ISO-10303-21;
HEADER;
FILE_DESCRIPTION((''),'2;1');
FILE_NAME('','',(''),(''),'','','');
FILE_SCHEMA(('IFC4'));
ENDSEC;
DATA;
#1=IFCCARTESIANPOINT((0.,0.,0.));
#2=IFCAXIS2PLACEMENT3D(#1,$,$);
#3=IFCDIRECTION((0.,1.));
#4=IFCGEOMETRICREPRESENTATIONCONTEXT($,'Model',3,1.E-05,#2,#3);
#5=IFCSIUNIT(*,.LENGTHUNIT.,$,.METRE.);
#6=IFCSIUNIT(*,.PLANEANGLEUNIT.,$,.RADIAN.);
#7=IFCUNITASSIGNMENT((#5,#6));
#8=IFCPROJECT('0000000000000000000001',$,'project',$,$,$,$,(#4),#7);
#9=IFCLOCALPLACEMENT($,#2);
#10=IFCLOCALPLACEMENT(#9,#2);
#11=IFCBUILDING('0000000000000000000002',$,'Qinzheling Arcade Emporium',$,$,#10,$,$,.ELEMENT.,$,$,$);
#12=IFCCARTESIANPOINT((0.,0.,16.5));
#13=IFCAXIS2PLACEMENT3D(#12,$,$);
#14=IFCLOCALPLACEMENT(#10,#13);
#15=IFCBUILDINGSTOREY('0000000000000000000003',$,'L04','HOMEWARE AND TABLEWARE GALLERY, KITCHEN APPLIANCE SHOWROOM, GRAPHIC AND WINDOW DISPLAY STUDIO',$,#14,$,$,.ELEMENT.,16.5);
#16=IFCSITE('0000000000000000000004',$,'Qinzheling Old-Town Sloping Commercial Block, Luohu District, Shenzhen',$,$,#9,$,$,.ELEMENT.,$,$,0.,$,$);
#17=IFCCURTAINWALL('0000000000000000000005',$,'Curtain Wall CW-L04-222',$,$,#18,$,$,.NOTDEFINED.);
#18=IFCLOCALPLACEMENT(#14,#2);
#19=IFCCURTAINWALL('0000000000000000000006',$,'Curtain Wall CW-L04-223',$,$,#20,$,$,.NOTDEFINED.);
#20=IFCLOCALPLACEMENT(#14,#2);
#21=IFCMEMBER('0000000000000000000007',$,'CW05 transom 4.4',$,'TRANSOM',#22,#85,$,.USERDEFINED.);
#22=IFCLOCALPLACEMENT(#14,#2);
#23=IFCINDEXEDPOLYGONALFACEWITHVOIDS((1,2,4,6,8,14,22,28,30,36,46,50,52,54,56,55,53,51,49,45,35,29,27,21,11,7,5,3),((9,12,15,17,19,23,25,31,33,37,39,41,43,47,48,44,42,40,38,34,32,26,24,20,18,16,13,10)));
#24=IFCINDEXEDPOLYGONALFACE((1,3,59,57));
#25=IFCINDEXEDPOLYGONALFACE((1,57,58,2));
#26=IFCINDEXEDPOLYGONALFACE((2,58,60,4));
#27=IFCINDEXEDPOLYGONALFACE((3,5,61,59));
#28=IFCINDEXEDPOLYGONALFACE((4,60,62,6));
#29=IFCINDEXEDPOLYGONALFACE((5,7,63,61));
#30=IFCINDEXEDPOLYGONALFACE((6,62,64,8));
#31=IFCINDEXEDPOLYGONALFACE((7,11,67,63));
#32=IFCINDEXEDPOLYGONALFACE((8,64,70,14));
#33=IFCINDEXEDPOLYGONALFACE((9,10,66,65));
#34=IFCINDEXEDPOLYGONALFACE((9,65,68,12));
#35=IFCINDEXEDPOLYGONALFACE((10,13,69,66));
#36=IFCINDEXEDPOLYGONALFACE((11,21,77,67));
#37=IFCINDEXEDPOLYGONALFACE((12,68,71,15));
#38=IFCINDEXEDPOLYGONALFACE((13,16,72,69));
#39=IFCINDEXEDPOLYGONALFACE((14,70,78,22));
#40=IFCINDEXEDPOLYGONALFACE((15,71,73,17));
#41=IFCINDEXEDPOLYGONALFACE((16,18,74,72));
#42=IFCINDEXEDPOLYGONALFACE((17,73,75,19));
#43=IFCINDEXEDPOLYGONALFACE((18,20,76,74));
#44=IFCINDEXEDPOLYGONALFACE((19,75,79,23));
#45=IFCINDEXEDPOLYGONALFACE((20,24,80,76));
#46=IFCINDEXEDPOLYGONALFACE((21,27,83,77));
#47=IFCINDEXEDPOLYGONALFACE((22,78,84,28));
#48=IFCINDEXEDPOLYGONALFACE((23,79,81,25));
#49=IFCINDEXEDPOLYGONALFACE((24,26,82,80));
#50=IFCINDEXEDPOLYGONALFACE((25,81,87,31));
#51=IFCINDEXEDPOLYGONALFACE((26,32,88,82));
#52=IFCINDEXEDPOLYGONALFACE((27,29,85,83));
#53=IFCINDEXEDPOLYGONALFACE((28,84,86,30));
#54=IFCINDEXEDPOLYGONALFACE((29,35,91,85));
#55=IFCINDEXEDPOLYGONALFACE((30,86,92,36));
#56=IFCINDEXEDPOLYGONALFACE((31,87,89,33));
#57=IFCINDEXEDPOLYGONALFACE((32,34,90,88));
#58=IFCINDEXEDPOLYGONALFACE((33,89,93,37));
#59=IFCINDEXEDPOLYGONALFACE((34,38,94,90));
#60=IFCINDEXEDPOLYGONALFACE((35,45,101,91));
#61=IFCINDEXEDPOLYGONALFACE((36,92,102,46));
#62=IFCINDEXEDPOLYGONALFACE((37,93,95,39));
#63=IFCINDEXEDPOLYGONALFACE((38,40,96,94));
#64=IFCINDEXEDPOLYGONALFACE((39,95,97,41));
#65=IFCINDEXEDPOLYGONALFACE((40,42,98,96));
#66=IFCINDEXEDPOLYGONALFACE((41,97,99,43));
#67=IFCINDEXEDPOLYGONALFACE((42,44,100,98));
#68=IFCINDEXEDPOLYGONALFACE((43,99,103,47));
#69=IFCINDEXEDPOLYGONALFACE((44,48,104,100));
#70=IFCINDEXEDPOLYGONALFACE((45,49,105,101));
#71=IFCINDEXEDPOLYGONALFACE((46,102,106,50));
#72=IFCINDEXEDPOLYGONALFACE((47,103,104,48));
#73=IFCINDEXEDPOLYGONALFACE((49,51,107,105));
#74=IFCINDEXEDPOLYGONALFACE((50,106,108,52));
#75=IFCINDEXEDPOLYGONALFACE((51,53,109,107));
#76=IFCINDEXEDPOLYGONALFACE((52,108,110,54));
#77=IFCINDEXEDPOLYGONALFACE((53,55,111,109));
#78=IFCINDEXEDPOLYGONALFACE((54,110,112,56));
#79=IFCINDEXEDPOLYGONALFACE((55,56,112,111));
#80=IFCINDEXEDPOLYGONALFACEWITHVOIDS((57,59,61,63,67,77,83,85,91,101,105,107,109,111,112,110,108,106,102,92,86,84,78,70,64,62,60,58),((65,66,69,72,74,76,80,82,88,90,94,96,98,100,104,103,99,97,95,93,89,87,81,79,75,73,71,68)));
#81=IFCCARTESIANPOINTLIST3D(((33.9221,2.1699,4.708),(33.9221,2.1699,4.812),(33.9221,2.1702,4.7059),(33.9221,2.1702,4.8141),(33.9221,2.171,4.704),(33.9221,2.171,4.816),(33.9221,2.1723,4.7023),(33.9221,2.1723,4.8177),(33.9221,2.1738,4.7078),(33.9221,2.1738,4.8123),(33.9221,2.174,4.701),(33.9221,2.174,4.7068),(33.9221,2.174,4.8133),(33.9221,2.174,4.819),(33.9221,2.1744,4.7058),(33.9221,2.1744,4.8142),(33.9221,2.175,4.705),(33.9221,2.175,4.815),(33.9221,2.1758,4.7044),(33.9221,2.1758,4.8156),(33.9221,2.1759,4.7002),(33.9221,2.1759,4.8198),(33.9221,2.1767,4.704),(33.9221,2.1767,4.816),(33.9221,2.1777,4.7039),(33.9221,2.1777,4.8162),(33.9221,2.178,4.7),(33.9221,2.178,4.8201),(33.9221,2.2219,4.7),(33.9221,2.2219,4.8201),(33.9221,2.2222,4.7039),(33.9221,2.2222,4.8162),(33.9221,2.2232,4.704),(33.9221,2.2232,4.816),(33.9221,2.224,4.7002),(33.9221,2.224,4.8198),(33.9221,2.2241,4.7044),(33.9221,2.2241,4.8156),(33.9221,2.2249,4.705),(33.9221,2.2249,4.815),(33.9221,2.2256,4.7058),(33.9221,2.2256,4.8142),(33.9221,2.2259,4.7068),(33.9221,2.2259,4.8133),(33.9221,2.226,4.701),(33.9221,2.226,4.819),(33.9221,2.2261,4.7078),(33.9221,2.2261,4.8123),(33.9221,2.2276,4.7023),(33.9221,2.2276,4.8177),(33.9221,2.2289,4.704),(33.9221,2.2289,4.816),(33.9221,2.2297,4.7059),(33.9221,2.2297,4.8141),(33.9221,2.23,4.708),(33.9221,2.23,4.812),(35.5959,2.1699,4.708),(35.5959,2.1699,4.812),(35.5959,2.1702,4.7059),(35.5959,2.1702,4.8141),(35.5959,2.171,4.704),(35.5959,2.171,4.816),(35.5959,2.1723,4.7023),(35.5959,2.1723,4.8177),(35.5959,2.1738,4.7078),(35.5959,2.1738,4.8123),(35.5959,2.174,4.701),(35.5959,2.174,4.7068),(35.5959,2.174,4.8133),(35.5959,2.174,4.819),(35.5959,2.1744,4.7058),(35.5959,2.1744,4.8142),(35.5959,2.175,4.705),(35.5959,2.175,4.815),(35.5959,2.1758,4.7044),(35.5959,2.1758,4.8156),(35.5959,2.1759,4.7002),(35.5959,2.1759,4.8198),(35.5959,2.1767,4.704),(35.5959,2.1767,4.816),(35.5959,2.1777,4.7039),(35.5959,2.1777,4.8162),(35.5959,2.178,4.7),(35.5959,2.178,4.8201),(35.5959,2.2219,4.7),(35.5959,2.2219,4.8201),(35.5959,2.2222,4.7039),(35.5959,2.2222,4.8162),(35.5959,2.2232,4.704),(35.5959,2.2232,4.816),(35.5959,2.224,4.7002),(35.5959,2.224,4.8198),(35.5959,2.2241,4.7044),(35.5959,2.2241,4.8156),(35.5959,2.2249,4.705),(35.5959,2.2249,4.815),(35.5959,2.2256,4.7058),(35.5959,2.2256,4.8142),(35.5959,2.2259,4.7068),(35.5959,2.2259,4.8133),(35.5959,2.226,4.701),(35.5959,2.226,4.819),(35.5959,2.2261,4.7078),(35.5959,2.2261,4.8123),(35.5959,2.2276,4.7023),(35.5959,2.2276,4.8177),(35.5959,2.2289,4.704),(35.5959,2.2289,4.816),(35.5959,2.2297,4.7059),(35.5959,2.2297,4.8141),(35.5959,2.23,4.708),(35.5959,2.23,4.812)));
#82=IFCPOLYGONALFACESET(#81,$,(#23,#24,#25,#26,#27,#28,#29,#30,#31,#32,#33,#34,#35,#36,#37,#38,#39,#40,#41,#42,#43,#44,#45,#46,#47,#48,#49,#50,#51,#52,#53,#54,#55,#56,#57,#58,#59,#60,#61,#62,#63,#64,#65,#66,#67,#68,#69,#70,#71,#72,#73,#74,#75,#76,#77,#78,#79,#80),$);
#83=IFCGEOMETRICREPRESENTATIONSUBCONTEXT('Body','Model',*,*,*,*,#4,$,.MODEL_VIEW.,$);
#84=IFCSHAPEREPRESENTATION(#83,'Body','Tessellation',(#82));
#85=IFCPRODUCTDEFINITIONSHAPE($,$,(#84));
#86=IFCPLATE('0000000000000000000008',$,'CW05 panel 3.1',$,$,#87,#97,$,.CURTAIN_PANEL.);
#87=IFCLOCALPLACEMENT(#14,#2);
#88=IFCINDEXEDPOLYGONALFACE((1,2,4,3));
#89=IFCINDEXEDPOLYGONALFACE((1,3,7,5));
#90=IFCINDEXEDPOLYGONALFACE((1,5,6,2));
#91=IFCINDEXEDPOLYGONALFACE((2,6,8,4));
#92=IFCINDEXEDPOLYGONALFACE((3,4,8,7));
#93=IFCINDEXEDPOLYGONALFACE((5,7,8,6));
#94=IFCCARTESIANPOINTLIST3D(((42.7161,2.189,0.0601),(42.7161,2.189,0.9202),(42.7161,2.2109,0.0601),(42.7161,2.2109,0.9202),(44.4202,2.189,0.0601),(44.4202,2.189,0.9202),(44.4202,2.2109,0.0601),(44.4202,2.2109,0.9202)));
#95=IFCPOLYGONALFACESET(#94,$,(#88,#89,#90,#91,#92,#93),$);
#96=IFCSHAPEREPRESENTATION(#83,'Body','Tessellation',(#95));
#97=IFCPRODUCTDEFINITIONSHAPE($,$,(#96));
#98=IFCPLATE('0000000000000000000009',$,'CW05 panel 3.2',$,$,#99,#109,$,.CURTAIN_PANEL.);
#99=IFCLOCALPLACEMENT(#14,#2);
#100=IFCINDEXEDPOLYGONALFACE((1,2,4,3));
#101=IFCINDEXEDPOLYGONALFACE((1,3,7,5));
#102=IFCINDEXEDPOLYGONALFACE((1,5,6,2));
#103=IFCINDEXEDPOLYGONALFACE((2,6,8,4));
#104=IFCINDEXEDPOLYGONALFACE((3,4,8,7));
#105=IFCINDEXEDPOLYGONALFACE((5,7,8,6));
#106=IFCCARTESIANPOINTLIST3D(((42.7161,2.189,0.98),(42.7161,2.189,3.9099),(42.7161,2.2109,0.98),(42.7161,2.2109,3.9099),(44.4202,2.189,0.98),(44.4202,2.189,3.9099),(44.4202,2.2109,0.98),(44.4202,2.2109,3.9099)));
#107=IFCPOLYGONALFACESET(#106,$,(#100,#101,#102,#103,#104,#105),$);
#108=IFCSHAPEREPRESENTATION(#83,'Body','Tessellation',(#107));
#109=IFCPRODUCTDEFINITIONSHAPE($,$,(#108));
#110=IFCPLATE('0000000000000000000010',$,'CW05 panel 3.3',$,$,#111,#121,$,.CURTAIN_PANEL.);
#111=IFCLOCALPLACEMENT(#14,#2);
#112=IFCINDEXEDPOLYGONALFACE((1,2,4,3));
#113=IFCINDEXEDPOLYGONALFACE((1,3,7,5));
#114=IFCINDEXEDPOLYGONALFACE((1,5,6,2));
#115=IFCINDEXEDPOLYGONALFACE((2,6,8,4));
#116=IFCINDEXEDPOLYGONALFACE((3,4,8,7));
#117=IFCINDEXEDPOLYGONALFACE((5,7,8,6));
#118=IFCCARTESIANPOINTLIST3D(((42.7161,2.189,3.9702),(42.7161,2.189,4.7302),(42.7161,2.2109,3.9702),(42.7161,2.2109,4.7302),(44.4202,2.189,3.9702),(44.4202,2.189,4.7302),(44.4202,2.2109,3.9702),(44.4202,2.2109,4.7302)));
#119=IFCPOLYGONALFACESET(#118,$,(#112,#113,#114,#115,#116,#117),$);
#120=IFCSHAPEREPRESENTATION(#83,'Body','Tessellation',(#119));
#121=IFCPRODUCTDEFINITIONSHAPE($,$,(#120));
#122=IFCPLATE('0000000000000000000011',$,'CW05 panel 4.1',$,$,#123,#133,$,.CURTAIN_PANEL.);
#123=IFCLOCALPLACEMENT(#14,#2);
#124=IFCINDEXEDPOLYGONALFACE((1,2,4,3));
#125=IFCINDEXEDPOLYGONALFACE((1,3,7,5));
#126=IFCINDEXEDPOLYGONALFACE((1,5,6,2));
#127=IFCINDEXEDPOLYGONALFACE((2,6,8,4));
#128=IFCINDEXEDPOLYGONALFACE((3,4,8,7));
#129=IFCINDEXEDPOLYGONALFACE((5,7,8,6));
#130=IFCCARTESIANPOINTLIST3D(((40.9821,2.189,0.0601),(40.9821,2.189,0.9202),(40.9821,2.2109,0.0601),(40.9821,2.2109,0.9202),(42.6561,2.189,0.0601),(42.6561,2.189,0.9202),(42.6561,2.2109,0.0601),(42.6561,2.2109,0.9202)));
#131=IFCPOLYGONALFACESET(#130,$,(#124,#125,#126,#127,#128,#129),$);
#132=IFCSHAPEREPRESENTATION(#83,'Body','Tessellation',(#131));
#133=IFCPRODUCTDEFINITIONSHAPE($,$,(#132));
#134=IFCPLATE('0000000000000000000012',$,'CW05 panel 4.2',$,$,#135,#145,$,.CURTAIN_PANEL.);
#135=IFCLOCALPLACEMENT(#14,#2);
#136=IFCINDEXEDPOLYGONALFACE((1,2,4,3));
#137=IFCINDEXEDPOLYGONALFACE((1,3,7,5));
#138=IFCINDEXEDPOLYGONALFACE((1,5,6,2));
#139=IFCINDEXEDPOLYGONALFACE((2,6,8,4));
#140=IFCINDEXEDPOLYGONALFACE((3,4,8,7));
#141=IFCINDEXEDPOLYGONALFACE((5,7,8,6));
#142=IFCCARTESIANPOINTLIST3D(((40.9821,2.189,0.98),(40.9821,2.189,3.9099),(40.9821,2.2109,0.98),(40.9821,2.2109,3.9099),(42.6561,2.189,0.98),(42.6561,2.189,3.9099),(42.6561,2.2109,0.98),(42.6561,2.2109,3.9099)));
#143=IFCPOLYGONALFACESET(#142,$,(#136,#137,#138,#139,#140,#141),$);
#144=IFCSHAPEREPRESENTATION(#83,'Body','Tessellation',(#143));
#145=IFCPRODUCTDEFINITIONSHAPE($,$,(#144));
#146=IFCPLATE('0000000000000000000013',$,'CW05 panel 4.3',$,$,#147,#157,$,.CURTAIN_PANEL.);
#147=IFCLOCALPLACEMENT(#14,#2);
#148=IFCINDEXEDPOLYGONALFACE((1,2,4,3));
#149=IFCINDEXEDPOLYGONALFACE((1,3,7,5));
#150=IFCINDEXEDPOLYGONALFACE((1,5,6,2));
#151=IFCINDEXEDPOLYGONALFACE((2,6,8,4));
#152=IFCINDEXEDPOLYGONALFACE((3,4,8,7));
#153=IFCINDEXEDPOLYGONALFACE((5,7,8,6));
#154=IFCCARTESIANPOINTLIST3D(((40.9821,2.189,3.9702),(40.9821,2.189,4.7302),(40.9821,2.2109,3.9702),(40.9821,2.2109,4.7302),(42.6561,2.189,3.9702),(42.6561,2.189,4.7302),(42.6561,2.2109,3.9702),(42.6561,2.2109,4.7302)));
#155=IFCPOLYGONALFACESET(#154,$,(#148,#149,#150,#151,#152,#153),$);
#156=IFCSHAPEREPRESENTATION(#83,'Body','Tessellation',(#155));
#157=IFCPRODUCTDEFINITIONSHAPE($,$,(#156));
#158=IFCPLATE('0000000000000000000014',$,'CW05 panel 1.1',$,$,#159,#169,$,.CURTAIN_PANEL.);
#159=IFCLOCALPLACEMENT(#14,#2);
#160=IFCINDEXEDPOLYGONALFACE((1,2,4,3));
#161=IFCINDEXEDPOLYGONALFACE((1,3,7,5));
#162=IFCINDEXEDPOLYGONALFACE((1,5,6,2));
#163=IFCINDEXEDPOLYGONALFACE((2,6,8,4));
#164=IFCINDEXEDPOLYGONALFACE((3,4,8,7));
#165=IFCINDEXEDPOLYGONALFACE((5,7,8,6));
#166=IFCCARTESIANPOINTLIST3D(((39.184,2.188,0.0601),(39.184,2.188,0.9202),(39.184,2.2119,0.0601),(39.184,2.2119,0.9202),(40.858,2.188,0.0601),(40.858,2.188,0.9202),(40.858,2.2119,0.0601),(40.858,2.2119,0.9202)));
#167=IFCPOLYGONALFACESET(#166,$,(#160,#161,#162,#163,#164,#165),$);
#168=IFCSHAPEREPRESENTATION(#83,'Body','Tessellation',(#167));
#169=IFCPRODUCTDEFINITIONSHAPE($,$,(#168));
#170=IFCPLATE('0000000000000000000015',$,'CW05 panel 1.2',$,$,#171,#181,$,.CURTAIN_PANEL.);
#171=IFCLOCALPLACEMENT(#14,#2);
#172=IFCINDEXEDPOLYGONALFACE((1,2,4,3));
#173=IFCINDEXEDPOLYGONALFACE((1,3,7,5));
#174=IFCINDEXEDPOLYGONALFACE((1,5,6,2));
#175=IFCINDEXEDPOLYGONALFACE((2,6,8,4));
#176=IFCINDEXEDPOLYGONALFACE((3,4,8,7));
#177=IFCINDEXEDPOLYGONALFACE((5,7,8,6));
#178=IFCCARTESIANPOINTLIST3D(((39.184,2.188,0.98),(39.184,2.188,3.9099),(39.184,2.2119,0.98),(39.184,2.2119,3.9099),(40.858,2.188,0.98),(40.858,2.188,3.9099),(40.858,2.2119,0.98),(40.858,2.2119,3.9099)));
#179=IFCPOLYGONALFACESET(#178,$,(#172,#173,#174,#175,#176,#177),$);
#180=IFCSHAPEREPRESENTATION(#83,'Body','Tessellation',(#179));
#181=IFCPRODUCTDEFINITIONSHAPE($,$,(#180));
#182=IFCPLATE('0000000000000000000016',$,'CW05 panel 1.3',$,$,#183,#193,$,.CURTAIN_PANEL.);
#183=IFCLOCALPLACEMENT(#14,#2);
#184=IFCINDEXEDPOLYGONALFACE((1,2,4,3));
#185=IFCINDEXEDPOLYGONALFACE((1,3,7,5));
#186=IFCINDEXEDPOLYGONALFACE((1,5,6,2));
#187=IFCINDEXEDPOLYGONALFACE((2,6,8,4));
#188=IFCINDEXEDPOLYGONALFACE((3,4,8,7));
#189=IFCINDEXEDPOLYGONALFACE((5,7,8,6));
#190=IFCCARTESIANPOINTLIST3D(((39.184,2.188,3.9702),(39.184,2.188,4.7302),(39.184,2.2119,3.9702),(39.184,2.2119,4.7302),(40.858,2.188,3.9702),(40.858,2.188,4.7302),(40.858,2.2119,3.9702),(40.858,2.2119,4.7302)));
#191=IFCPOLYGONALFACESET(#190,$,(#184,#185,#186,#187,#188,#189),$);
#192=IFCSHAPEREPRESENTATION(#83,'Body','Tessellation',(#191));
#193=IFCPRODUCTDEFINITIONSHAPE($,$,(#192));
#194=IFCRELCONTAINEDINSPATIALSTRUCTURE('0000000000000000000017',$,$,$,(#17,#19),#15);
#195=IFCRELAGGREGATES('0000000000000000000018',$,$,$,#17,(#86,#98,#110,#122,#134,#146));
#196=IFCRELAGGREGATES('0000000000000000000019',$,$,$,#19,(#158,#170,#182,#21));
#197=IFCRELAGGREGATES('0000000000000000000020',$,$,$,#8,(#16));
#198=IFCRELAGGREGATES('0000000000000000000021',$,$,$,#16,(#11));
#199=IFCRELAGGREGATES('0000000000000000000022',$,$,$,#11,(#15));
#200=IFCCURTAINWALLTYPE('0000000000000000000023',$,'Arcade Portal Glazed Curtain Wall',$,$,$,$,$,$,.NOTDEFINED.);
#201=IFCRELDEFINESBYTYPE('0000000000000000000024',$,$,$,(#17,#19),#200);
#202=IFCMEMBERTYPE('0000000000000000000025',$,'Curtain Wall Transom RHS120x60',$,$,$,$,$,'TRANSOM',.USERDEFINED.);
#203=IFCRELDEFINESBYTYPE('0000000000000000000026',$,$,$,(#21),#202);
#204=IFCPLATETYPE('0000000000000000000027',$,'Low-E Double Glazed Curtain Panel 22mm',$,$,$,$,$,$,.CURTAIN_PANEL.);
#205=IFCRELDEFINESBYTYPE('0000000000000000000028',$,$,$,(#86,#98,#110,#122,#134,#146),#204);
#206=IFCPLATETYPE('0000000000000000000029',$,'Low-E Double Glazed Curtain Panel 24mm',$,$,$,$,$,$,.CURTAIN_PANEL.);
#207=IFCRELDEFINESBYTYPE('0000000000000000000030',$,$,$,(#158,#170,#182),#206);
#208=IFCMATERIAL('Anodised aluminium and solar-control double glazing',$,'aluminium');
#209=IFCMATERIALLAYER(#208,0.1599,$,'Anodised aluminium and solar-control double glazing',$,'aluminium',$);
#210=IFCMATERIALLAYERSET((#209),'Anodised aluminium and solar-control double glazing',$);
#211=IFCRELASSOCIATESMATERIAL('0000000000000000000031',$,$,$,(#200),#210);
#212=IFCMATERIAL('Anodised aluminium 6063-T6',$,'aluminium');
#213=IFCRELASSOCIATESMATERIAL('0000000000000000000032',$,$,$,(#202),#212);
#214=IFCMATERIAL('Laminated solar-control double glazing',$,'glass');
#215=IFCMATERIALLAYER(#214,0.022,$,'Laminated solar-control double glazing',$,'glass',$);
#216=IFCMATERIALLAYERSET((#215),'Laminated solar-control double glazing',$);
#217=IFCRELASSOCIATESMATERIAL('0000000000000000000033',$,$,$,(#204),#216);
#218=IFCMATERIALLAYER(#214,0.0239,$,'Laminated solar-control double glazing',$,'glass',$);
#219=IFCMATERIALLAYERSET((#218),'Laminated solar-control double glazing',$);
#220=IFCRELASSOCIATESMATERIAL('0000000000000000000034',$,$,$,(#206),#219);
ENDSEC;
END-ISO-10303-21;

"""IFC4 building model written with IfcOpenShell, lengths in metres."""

from ifc_helpers import new_model, si_unit, direction, frame, origin, origin_2d, place, context, subcontext, project, spatial, rectangle, hollow_rectangle, extrude, material, layer, layer_set, material_profile, profile_set, type_object, element, aggregate, save


model = new_model("IFC4")

# Units and contexts
model_context = context("Model", 3, precision=1e-05, world=origin(), true_north=direction((0.0, 1.0)))
body_context = subcontext(model_context, "Body", "Model", "MODEL_VIEW")
ifc_project = project(units=[si_unit("LENGTHUNIT", "METRE"), si_unit("PLANEANGLEUNIT", "RADIAN")], contexts=[model_context])

# Site, building, storey
site_placement = place(None, origin())
site = spatial("IfcSite", under=ifc_project, at=site_placement, Name="Qinzheling Old-Town Sloping Commercial Block, Luohu District, Shenzhen", CompositionType="ELEMENT", RefElevation=0.0)
building_placement = place(site_placement, origin())
building = spatial("IfcBuilding", under=site, at=building_placement, Name="Qinzheling Arcade Emporium", CompositionType="ELEMENT")
storey_placement = place(building_placement, frame((0.0, 0.0, 16.5)))
storey = spatial("IfcBuildingStorey", under=building, at=storey_placement, Name="L04", Description="HOMEWARE AND TABLEWARE GALLERY, KITCHEN APPLIANCE SHOWROOM, GRAPHIC AND WINDOW DISPLAY STUDIO", CompositionType="ELEMENT", Elevation=16.5)

# Curtain walls
ifc_material_1 = material(Name="Anodised aluminium and solar-control double glazing", Category="aluminium")
ifc_layer_1 = layer(ifc_material_1, 0.1599, Name="Anodised aluminium and solar-control double glazing", Category="aluminium")
ifc_layer_set_1 = layer_set([ifc_layer_1], Name="Anodised aluminium and solar-control double glazing")
curtain_wall_type = type_object("IfcCurtainWallType", Name="Arcade Portal Glazed Curtain Wall", PredefinedType="NOTDEFINED", material=ifc_layer_set_1)
curtain_wall_1_placement = place(storey_placement, origin())
curtain_wall_1 = element("IfcCurtainWall", 1, at=curtain_wall_1_placement, inside=storey, type_object=curtain_wall_type, Name="Curtain Wall CW-L04-222", PredefinedType="NOTDEFINED")
ifc_material_2 = material(Name="Anodised aluminium 6063-T6", Category="aluminium")
curtain_wall_2_placement = place(storey_placement, origin())
curtain_wall_2 = element("IfcCurtainWall", 2, at=curtain_wall_2_placement, inside=storey, type_object=curtain_wall_type, Name="Curtain Wall CW-L04-223", PredefinedType="NOTDEFINED")

# Member
ifc_material_profile_1 = material_profile(ifc_material_2, hollow_rectangle(XDim=0.0601, YDim=0.1201, WallThickness=0.0039, InnerFilletRadius=0.0039, OuterFilletRadius=0.0081, at=origin_2d()), Name="RHS 120x60x4", Category="aluminium")
ifc_profile_set_1 = profile_set([ifc_material_profile_1], Name="Anodised aluminium 6063-T6")
member_type_1 = type_object("IfcMemberType", Name="Curtain Wall Transom RHS120x60", ElementType="TRANSOM", PredefinedType="USERDEFINED", material=ifc_profile_set_1)
member_1_placement = place(storey_placement, frame((35.5959, 2.2, 4.76), z_axis=(-1.0, 0.0, 0.0), x_axis=(0.0, -1.0, 0.0)))
member_1 = element("IfcMember", 3, at=member_1_placement, type_object=member_type_1, Name="CW05 transom 4.4", ObjectType="TRANSOM", PredefinedType="USERDEFINED", context=body_context, shape_type="SweptSolid", body=[
    extrude(hollow_rectangle(XDim=0.0601, YDim=0.1201, WallThickness=0.0039, InnerFilletRadius=0.0039, OuterFilletRadius=0.0081, at=origin_2d()), origin(), (0.0, 0.0, 1.0), 1.6738),
])

# Plates
ifc_material_3 = material(Name="Laminated solar-control double glazing", Category="glass")
ifc_layer_2 = layer(ifc_material_3, 0.022, Name="Laminated solar-control double glazing", Category="glass")
ifc_layer_set_2 = layer_set([ifc_layer_2], Name="Laminated solar-control double glazing")
plate_type_1 = type_object("IfcPlateType", Name="Low-E Double Glazed Curtain Panel 22mm", PredefinedType="CURTAIN_PANEL", material=ifc_layer_set_2)
plate_1_placement = place(storey_placement, frame((43.5681, 2.2, 0.0601), z_axis=(0.0, 0.0, 1.0), x_axis=(-1.0, 0.0, 0.0)))
plate_1 = element("IfcPlate", 4, at=plate_1_placement, type_object=plate_type_1, Name="CW05 panel 3.1", PredefinedType="CURTAIN_PANEL", context=body_context, shape_type="SweptSolid", body=[
    extrude(rectangle(XDim=1.7041, YDim=0.022, at=origin_2d()), origin(), (0.0, 0.0, 1.0), 0.8601),
])
plate_2_placement = place(storey_placement, frame((43.5681, 2.2, 0.98), z_axis=(0.0, 0.0, 1.0), x_axis=(-1.0, 0.0, 0.0)))
plate_2 = element("IfcPlate", 5, at=plate_2_placement, type_object=plate_type_1, Name="CW05 panel 3.2", PredefinedType="CURTAIN_PANEL", context=body_context, shape_type="SweptSolid", body=[
    extrude(rectangle(XDim=1.7041, YDim=0.022, at=origin_2d()), origin(), (0.0, 0.0, 1.0), 2.9299),
])
plate_3_placement = place(storey_placement, frame((43.5681, 2.2, 3.9702), z_axis=(0.0, 0.0, 1.0), x_axis=(-1.0, 0.0, 0.0)))
plate_3 = element("IfcPlate", 6, at=plate_3_placement, type_object=plate_type_1, Name="CW05 panel 3.3", PredefinedType="CURTAIN_PANEL", context=body_context, shape_type="SweptSolid", body=[
    extrude(rectangle(XDim=1.7041, YDim=0.022, at=origin_2d()), origin(), (0.0, 0.0, 1.0), 0.76),
])
plate_4_placement = place(storey_placement, frame((41.8191, 2.2, 0.0601), z_axis=(0.0, 0.0, 1.0), x_axis=(-1.0, 0.0, 0.0)))
plate_4 = element("IfcPlate", 7, at=plate_4_placement, type_object=plate_type_1, Name="CW05 panel 4.1", PredefinedType="CURTAIN_PANEL", context=body_context, shape_type="SweptSolid", body=[
    extrude(rectangle(XDim=1.6741, YDim=0.022, at=origin_2d()), origin(), (0.0, 0.0, 1.0), 0.8601),
])
plate_5_placement = place(storey_placement, frame((41.8191, 2.2, 0.98), z_axis=(0.0, 0.0, 1.0), x_axis=(-1.0, 0.0, 0.0)))
plate_5 = element("IfcPlate", 8, at=plate_5_placement, type_object=plate_type_1, Name="CW05 panel 4.2", PredefinedType="CURTAIN_PANEL", context=body_context, shape_type="SweptSolid", body=[
    extrude(rectangle(XDim=1.6741, YDim=0.022, at=origin_2d()), origin(), (0.0, 0.0, 1.0), 2.9299),
])
plate_6_placement = place(storey_placement, frame((41.8191, 2.2, 3.9702), z_axis=(0.0, 0.0, 1.0), x_axis=(-1.0, 0.0, 0.0)))
plate_6 = element("IfcPlate", 9, at=plate_6_placement, type_object=plate_type_1, Name="CW05 panel 4.3", PredefinedType="CURTAIN_PANEL", context=body_context, shape_type="SweptSolid", body=[
    extrude(rectangle(XDim=1.6741, YDim=0.022, at=origin_2d()), origin(), (0.0, 0.0, 1.0), 0.76),
])
aggregate(curtain_wall_1, [plate_1, plate_2, plate_3, plate_4, plate_5, plate_6])
ifc_layer_3 = layer(ifc_material_3, 0.0239, Name="Laminated solar-control double glazing", Category="glass")
ifc_layer_set_3 = layer_set([ifc_layer_3], Name="Laminated solar-control double glazing")
plate_type_2 = type_object("IfcPlateType", Name="Low-E Double Glazed Curtain Panel 24mm", PredefinedType="CURTAIN_PANEL", material=ifc_layer_set_3)
plate_7_placement = place(storey_placement, frame((40.021, 2.2, 0.0601), z_axis=(0.0, 0.0, 1.0), x_axis=(-1.0, 0.0, 0.0)))
plate_7 = element("IfcPlate", 10, at=plate_7_placement, type_object=plate_type_2, Name="CW05 panel 1.1", PredefinedType="CURTAIN_PANEL", context=body_context, shape_type="SweptSolid", body=[
    extrude(rectangle(XDim=1.6741, YDim=0.0239, at=origin_2d()), origin(), (0.0, 0.0, 1.0), 0.8601),
])
plate_8_placement = place(storey_placement, frame((40.021, 2.2, 0.98), z_axis=(0.0, 0.0, 1.0), x_axis=(-1.0, 0.0, 0.0)))
plate_8 = element("IfcPlate", 11, at=plate_8_placement, type_object=plate_type_2, Name="CW05 panel 1.2", PredefinedType="CURTAIN_PANEL", context=body_context, shape_type="SweptSolid", body=[
    extrude(rectangle(XDim=1.6741, YDim=0.0239, at=origin_2d()), origin(), (0.0, 0.0, 1.0), 2.9299),
])
plate_9_placement = place(storey_placement, frame((40.021, 2.2, 3.9702), z_axis=(0.0, 0.0, 1.0), x_axis=(-1.0, 0.0, 0.0)))
plate_9 = element("IfcPlate", 12, at=plate_9_placement, type_object=plate_type_2, Name="CW05 panel 1.3", PredefinedType="CURTAIN_PANEL", context=body_context, shape_type="SweptSolid", body=[
    extrude(rectangle(XDim=1.6741, YDim=0.0239, at=origin_2d()), origin(), (0.0, 0.0, 1.0), 0.76),
])
aggregate(curtain_wall_2, [plate_7, plate_8, plate_9, member_1])

save(model, "model.ifc")
